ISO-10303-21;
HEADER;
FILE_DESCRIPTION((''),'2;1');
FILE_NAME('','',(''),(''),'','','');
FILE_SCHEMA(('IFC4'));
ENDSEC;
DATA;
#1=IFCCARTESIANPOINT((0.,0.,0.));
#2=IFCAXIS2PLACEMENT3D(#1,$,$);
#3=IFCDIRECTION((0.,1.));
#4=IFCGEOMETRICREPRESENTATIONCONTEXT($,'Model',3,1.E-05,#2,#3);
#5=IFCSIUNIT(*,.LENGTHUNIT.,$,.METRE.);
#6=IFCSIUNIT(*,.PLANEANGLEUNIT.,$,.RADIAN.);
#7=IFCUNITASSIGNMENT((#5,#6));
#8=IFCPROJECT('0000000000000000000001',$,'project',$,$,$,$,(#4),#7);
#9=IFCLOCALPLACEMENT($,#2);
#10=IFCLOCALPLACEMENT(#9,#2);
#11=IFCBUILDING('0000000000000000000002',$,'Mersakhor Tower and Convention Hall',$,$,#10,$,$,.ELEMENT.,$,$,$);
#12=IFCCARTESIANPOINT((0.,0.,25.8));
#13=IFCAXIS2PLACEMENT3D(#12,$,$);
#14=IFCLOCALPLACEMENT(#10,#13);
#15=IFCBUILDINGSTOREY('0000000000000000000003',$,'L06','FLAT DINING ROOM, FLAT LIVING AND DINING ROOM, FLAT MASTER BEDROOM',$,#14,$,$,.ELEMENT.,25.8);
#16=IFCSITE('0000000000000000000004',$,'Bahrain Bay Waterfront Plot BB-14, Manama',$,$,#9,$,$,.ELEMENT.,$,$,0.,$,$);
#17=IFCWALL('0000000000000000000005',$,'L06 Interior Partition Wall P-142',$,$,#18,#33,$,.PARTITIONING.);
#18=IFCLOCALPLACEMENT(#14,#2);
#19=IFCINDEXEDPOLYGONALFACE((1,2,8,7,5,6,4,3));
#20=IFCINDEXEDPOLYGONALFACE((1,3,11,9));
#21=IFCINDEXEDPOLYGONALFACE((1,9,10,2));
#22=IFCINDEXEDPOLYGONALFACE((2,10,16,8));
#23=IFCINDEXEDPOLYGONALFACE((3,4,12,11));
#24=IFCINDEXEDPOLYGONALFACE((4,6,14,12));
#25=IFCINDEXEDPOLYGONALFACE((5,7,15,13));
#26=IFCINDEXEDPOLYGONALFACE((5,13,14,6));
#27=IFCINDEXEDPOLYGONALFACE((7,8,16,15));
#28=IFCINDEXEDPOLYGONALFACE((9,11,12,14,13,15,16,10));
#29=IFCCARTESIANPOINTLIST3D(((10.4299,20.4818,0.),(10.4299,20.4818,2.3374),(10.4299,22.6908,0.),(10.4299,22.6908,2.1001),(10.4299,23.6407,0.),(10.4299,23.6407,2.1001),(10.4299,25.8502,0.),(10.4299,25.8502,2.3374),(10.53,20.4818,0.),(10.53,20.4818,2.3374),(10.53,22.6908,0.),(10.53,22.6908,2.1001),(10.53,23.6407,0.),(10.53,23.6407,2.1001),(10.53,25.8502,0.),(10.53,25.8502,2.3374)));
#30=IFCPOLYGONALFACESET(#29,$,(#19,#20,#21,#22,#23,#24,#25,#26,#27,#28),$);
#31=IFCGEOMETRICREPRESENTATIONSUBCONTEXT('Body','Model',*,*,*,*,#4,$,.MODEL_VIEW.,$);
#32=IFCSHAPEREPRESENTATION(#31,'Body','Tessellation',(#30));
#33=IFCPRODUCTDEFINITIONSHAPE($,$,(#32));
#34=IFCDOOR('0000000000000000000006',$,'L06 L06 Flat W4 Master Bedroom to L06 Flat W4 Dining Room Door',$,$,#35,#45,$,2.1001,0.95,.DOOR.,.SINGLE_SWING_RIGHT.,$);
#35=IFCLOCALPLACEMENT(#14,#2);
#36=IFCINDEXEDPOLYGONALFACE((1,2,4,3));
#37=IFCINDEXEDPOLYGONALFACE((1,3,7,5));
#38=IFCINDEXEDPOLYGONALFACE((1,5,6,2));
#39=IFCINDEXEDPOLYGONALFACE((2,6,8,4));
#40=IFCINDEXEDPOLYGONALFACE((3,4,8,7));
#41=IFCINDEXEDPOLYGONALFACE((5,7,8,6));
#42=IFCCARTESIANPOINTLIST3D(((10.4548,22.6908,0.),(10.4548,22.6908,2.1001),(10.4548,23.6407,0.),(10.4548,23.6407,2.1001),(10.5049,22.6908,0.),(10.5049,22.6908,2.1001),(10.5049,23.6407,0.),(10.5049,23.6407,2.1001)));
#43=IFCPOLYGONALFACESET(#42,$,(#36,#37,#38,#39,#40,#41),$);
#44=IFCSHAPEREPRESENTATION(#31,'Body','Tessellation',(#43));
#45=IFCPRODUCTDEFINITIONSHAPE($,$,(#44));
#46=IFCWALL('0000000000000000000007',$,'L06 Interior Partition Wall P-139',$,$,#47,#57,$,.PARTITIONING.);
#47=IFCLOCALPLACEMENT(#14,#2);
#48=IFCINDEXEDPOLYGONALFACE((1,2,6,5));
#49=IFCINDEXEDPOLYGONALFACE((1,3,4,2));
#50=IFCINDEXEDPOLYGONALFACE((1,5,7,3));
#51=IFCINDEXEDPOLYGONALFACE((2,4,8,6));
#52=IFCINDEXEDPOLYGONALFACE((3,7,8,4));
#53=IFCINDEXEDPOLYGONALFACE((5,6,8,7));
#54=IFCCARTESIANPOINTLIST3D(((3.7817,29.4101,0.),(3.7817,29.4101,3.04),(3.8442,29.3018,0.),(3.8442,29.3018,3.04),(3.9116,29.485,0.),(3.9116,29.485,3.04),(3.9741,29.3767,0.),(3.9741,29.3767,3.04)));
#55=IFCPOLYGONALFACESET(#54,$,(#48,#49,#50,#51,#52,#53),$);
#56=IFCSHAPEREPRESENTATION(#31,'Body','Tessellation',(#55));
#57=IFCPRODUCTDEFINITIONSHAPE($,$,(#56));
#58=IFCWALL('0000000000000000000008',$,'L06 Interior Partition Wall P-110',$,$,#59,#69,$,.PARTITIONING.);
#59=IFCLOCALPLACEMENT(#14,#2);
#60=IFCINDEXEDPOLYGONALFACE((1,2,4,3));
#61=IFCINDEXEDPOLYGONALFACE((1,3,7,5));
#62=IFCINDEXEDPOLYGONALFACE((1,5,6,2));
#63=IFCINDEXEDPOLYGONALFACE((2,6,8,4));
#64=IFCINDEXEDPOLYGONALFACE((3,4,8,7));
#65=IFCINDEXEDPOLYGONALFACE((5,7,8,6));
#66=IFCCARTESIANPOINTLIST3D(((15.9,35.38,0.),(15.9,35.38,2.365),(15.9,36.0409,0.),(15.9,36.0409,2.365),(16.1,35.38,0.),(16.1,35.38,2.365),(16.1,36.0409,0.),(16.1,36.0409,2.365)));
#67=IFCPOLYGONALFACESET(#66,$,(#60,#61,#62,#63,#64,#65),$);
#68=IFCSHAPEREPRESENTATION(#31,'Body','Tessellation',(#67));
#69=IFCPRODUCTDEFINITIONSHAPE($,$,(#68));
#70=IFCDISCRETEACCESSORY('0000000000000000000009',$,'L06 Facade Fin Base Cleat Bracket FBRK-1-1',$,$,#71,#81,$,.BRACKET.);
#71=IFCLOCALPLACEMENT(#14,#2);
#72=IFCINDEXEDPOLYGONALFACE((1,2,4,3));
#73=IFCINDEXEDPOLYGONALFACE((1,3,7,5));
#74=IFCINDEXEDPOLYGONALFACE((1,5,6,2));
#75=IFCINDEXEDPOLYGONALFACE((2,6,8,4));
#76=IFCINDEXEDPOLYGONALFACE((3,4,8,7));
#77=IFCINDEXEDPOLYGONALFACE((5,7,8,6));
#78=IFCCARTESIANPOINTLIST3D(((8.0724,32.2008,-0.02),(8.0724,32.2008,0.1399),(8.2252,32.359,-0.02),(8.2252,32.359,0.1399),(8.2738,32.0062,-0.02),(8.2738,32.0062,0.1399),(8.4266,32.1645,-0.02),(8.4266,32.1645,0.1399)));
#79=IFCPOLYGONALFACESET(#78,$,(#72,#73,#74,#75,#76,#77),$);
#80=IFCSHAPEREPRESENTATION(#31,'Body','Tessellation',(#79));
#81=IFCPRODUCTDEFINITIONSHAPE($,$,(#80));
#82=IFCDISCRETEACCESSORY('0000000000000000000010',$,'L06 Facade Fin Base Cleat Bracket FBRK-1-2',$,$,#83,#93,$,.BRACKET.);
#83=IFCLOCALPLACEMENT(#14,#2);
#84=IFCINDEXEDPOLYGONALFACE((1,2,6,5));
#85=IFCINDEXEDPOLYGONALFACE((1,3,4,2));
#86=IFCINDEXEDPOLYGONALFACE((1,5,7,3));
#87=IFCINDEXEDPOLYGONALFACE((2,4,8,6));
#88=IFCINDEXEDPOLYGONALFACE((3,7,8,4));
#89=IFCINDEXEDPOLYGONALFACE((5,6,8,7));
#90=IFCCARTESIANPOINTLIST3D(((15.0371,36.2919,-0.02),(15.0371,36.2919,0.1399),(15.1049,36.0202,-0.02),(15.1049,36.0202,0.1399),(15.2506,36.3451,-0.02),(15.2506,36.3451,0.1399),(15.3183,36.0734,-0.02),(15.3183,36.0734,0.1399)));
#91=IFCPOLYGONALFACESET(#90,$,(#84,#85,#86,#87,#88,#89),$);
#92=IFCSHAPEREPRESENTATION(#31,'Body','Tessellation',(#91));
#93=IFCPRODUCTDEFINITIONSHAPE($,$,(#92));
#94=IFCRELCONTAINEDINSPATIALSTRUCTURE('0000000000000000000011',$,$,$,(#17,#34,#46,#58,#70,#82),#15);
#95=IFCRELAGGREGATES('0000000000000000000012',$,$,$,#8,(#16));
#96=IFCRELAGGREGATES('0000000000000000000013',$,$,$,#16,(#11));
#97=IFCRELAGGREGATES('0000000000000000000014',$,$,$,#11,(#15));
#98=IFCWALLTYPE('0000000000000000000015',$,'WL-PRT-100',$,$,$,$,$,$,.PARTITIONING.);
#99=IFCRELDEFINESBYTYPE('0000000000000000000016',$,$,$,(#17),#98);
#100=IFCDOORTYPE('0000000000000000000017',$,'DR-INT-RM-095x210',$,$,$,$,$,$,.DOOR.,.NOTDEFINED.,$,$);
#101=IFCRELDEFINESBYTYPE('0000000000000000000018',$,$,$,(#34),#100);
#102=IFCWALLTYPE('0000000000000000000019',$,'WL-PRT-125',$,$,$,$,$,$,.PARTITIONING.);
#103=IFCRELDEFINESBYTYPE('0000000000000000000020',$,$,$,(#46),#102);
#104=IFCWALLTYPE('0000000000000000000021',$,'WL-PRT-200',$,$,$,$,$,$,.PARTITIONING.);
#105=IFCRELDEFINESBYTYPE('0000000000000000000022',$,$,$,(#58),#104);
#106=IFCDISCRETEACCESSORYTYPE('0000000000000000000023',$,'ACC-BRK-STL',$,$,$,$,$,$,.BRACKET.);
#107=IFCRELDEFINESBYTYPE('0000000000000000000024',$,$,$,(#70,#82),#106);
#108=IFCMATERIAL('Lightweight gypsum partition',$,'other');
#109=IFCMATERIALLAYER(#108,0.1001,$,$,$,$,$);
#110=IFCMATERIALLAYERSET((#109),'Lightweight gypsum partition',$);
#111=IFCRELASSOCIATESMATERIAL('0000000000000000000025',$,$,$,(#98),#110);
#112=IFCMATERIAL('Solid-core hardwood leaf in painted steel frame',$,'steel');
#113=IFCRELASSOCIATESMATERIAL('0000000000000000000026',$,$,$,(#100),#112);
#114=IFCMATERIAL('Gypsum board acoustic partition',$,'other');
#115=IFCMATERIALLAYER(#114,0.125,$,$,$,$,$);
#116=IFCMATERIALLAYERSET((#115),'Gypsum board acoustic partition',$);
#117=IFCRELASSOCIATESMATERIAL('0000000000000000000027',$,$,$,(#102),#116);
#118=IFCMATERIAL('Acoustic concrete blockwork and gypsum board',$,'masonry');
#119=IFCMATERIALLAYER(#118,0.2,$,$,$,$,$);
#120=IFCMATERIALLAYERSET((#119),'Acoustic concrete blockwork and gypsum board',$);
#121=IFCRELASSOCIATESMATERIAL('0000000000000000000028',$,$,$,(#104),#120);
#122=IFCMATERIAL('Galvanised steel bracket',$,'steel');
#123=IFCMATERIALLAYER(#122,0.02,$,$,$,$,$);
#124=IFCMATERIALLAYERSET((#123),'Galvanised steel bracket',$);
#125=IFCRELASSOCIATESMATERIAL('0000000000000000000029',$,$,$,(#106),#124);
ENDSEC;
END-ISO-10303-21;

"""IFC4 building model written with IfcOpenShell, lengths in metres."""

from ifc_helpers import new_model, si_unit, direction, frame, frame_2d, origin, origin_2d, place, context, subcontext, project, spatial, rectangle, extrude, material, layer, layer_set, type_object, element, fill, save


model = new_model("IFC4")

# Units and contexts
model_context = context("Model", 3, precision=1e-05, world=origin(), true_north=direction((0.0, 1.0)))
body_context = subcontext(model_context, "Body", "Model", "MODEL_VIEW")
ifc_project = project(units=[si_unit("LENGTHUNIT", "METRE"), si_unit("PLANEANGLEUNIT", "RADIAN")], contexts=[model_context])

# Site, building, storey
site_placement = place(None, origin())
site = spatial("IfcSite", under=ifc_project, at=site_placement, Name="Bahrain Bay Waterfront Plot BB-14, Manama", CompositionType="ELEMENT", RefElevation=0.0)
building_placement = place(site_placement, origin())
building = spatial("IfcBuilding", under=site, at=building_placement, Name="Mersakhor Tower and Convention Hall", CompositionType="ELEMENT")
storey_placement = place(building_placement, frame((0.0, 0.0, 25.8)))
storey = spatial("IfcBuildingStorey", under=building, at=storey_placement, Name="L06", Description="FLAT DINING ROOM, FLAT LIVING AND DINING ROOM, FLAT MASTER BEDROOM", CompositionType="ELEMENT", Elevation=25.8)

# Wall, opening, door
ifc_material_1 = material(Name="Lightweight gypsum partition", Category="other")
ifc_layer_1 = layer(ifc_material_1, 0.1001)
ifc_layer_set_1 = layer_set([ifc_layer_1], Name="Lightweight gypsum partition")
wall_type_1 = type_object("IfcWallType", Name="WL-PRT-100", PredefinedType="PARTITIONING", material=ifc_layer_set_1)
ifc_material_2 = material(Name="Solid-core hardwood leaf in painted steel frame", Category="steel")
door_type_1 = type_object("IfcDoorType", Name="DR-INT-RM-095x210", OperationType="NOTDEFINED", PredefinedType="DOOR", material=ifc_material_2)
wall_1_placement = place(storey_placement, frame((10.48, 25.8501, 0.0), z_axis=(0.0, 0.0, 1.0), x_axis=(0.0, -1.0, 0.0)))
wall_1 = element("IfcWall", 1, at=wall_1_placement, inside=storey, type_object=wall_type_1, Name="L06 Interior Partition Wall P-142", PredefinedType="PARTITIONING", context=body_context, shape_type="SweptSolid", body=[
    extrude(rectangle(XDim=5.3684, YDim=0.1001, at=frame_2d((2.6841, 0.0))), origin(), (0.0, 0.0, 1.0), 2.3374),
])
opening_1_placement = place(wall_1_placement, frame((2.2092, 0.0, 0.0)))
opening_1 = element("IfcOpeningElement", 2, at=opening_1_placement, cuts=wall_1, PredefinedType="OPENING", context=body_context, shape_type="SweptSolid", body=[
    extrude(rectangle(XDim=0.95, YDim=2.1001, at=frame_2d((0.4751, 1.05))), frame((0.0, 0.0601, 0.0), z_axis=(0.0, -1.0, 0.0), x_axis=(1.0, 0.0, 0.0)), (0.0, 0.0, 1.0), 0.1201),
])
door_1_placement = place(opening_1_placement, origin())
door_1 = element("IfcDoor", 3, at=door_1_placement, inside=storey, type_object=door_type_1, Name="L06 L06 Flat W4 Master Bedroom to L06 Flat W4 Dining Room Door", OperationType="SINGLE_SWING_RIGHT", OverallHeight=2.1001, OverallWidth=0.95, PredefinedType="DOOR", context=body_context, shape_type="SweptSolid", body=[
    extrude(rectangle(XDim=0.95, YDim=2.1001, at=frame_2d((0.4751, 1.05))), frame((0.0, 0.0249, 0.0), z_axis=(0.0, -1.0, 0.0), x_axis=(1.0, 0.0, 0.0)), (0.0, 0.0, 1.0), 0.05),
])
fill(opening_1, door_1)

# Walls
ifc_material_3 = material(Name="Gypsum board acoustic partition", Category="other")
ifc_layer_2 = layer(ifc_material_3, 0.125)
ifc_layer_set_2 = layer_set([ifc_layer_2], Name="Gypsum board acoustic partition")
wall_type_2 = type_object("IfcWallType", Name="WL-PRT-125", PredefinedType="PARTITIONING", material=ifc_layer_set_2)
wall_2_placement = place(storey_placement, frame((3.813, 29.356, 0.0), z_axis=(0.0, 0.0, 1.0), x_axis=(0.866131, 0.499816, 0.0)))
element("IfcWall", 4, at=wall_2_placement, inside=storey, type_object=wall_type_2, Name="L06 Interior Partition Wall P-139", PredefinedType="PARTITIONING", context=body_context, shape_type="SweptSolid", body=[
    extrude(rectangle(XDim=0.1499, YDim=0.125, at=frame_2d((0.075, 0.0))), origin(), (0.0, 0.0, 1.0), 3.04),
])
ifc_material_4 = material(Name="Acoustic concrete blockwork and gypsum board", Category="masonry")
ifc_layer_3 = layer(ifc_material_4, 0.2)
ifc_layer_set_3 = layer_set([ifc_layer_3], Name="Acoustic concrete blockwork and gypsum board")
wall_type_3 = type_object("IfcWallType", Name="WL-PRT-200", PredefinedType="PARTITIONING", material=ifc_layer_set_3)
wall_3_placement = place(storey_placement, frame((16.0, 35.3799, 0.0), z_axis=(0.0, 0.0, 1.0), x_axis=(0.0, 1.0, 0.0)))
element("IfcWall", 5, at=wall_3_placement, inside=storey, type_object=wall_type_3, Name="L06 Interior Partition Wall P-110", PredefinedType="PARTITIONING", context=body_context, shape_type="SweptSolid", body=[
    extrude(rectangle(XDim=0.6609, YDim=0.2, at=frame_2d((0.3306, 0.0))), origin(), (0.0, 0.0, 1.0), 2.365),
])

# Discrete accessories
ifc_material_5 = material(Name="Galvanised steel bracket", Category="steel")
ifc_layer_4 = layer(ifc_material_5, 0.02)
ifc_layer_set_4 = layer_set([ifc_layer_4], Name="Galvanised steel bracket")
discrete_accessory_type = type_object("IfcDiscreteAccessoryType", Name="ACC-BRK-STL", PredefinedType="BRACKET", material=ifc_layer_set_4)
for number, where, z_axis, x_axis, name in (
    (6, (8.2495, 32.1826, -0.02), (0.0, 0.0, 1.0), (-0.71934, 0.694658, 0.0), "L06 Facade Fin Base Cleat Bracket FBRK-1-1"),
    (7, (15.1777, 36.1826, -0.02), (0.0, 0.0, 1.0), (-0.241922, 0.970296, 0.0), "L06 Facade Fin Base Cleat Bracket FBRK-1-2"),
):
    element("IfcDiscreteAccessory", number, at=place(storey_placement, frame(where, z_axis=z_axis, x_axis=x_axis)), inside=storey, type_object=discrete_accessory_type, Name=name, PredefinedType="BRACKET", context=body_context, shape_type="SweptSolid", body=[
        extrude(rectangle(XDim=0.28, YDim=0.22, at=origin_2d()), origin(), (0.0, 0.0, 1.0), 0.1599),
    ])

save(model, "model.ifc")
